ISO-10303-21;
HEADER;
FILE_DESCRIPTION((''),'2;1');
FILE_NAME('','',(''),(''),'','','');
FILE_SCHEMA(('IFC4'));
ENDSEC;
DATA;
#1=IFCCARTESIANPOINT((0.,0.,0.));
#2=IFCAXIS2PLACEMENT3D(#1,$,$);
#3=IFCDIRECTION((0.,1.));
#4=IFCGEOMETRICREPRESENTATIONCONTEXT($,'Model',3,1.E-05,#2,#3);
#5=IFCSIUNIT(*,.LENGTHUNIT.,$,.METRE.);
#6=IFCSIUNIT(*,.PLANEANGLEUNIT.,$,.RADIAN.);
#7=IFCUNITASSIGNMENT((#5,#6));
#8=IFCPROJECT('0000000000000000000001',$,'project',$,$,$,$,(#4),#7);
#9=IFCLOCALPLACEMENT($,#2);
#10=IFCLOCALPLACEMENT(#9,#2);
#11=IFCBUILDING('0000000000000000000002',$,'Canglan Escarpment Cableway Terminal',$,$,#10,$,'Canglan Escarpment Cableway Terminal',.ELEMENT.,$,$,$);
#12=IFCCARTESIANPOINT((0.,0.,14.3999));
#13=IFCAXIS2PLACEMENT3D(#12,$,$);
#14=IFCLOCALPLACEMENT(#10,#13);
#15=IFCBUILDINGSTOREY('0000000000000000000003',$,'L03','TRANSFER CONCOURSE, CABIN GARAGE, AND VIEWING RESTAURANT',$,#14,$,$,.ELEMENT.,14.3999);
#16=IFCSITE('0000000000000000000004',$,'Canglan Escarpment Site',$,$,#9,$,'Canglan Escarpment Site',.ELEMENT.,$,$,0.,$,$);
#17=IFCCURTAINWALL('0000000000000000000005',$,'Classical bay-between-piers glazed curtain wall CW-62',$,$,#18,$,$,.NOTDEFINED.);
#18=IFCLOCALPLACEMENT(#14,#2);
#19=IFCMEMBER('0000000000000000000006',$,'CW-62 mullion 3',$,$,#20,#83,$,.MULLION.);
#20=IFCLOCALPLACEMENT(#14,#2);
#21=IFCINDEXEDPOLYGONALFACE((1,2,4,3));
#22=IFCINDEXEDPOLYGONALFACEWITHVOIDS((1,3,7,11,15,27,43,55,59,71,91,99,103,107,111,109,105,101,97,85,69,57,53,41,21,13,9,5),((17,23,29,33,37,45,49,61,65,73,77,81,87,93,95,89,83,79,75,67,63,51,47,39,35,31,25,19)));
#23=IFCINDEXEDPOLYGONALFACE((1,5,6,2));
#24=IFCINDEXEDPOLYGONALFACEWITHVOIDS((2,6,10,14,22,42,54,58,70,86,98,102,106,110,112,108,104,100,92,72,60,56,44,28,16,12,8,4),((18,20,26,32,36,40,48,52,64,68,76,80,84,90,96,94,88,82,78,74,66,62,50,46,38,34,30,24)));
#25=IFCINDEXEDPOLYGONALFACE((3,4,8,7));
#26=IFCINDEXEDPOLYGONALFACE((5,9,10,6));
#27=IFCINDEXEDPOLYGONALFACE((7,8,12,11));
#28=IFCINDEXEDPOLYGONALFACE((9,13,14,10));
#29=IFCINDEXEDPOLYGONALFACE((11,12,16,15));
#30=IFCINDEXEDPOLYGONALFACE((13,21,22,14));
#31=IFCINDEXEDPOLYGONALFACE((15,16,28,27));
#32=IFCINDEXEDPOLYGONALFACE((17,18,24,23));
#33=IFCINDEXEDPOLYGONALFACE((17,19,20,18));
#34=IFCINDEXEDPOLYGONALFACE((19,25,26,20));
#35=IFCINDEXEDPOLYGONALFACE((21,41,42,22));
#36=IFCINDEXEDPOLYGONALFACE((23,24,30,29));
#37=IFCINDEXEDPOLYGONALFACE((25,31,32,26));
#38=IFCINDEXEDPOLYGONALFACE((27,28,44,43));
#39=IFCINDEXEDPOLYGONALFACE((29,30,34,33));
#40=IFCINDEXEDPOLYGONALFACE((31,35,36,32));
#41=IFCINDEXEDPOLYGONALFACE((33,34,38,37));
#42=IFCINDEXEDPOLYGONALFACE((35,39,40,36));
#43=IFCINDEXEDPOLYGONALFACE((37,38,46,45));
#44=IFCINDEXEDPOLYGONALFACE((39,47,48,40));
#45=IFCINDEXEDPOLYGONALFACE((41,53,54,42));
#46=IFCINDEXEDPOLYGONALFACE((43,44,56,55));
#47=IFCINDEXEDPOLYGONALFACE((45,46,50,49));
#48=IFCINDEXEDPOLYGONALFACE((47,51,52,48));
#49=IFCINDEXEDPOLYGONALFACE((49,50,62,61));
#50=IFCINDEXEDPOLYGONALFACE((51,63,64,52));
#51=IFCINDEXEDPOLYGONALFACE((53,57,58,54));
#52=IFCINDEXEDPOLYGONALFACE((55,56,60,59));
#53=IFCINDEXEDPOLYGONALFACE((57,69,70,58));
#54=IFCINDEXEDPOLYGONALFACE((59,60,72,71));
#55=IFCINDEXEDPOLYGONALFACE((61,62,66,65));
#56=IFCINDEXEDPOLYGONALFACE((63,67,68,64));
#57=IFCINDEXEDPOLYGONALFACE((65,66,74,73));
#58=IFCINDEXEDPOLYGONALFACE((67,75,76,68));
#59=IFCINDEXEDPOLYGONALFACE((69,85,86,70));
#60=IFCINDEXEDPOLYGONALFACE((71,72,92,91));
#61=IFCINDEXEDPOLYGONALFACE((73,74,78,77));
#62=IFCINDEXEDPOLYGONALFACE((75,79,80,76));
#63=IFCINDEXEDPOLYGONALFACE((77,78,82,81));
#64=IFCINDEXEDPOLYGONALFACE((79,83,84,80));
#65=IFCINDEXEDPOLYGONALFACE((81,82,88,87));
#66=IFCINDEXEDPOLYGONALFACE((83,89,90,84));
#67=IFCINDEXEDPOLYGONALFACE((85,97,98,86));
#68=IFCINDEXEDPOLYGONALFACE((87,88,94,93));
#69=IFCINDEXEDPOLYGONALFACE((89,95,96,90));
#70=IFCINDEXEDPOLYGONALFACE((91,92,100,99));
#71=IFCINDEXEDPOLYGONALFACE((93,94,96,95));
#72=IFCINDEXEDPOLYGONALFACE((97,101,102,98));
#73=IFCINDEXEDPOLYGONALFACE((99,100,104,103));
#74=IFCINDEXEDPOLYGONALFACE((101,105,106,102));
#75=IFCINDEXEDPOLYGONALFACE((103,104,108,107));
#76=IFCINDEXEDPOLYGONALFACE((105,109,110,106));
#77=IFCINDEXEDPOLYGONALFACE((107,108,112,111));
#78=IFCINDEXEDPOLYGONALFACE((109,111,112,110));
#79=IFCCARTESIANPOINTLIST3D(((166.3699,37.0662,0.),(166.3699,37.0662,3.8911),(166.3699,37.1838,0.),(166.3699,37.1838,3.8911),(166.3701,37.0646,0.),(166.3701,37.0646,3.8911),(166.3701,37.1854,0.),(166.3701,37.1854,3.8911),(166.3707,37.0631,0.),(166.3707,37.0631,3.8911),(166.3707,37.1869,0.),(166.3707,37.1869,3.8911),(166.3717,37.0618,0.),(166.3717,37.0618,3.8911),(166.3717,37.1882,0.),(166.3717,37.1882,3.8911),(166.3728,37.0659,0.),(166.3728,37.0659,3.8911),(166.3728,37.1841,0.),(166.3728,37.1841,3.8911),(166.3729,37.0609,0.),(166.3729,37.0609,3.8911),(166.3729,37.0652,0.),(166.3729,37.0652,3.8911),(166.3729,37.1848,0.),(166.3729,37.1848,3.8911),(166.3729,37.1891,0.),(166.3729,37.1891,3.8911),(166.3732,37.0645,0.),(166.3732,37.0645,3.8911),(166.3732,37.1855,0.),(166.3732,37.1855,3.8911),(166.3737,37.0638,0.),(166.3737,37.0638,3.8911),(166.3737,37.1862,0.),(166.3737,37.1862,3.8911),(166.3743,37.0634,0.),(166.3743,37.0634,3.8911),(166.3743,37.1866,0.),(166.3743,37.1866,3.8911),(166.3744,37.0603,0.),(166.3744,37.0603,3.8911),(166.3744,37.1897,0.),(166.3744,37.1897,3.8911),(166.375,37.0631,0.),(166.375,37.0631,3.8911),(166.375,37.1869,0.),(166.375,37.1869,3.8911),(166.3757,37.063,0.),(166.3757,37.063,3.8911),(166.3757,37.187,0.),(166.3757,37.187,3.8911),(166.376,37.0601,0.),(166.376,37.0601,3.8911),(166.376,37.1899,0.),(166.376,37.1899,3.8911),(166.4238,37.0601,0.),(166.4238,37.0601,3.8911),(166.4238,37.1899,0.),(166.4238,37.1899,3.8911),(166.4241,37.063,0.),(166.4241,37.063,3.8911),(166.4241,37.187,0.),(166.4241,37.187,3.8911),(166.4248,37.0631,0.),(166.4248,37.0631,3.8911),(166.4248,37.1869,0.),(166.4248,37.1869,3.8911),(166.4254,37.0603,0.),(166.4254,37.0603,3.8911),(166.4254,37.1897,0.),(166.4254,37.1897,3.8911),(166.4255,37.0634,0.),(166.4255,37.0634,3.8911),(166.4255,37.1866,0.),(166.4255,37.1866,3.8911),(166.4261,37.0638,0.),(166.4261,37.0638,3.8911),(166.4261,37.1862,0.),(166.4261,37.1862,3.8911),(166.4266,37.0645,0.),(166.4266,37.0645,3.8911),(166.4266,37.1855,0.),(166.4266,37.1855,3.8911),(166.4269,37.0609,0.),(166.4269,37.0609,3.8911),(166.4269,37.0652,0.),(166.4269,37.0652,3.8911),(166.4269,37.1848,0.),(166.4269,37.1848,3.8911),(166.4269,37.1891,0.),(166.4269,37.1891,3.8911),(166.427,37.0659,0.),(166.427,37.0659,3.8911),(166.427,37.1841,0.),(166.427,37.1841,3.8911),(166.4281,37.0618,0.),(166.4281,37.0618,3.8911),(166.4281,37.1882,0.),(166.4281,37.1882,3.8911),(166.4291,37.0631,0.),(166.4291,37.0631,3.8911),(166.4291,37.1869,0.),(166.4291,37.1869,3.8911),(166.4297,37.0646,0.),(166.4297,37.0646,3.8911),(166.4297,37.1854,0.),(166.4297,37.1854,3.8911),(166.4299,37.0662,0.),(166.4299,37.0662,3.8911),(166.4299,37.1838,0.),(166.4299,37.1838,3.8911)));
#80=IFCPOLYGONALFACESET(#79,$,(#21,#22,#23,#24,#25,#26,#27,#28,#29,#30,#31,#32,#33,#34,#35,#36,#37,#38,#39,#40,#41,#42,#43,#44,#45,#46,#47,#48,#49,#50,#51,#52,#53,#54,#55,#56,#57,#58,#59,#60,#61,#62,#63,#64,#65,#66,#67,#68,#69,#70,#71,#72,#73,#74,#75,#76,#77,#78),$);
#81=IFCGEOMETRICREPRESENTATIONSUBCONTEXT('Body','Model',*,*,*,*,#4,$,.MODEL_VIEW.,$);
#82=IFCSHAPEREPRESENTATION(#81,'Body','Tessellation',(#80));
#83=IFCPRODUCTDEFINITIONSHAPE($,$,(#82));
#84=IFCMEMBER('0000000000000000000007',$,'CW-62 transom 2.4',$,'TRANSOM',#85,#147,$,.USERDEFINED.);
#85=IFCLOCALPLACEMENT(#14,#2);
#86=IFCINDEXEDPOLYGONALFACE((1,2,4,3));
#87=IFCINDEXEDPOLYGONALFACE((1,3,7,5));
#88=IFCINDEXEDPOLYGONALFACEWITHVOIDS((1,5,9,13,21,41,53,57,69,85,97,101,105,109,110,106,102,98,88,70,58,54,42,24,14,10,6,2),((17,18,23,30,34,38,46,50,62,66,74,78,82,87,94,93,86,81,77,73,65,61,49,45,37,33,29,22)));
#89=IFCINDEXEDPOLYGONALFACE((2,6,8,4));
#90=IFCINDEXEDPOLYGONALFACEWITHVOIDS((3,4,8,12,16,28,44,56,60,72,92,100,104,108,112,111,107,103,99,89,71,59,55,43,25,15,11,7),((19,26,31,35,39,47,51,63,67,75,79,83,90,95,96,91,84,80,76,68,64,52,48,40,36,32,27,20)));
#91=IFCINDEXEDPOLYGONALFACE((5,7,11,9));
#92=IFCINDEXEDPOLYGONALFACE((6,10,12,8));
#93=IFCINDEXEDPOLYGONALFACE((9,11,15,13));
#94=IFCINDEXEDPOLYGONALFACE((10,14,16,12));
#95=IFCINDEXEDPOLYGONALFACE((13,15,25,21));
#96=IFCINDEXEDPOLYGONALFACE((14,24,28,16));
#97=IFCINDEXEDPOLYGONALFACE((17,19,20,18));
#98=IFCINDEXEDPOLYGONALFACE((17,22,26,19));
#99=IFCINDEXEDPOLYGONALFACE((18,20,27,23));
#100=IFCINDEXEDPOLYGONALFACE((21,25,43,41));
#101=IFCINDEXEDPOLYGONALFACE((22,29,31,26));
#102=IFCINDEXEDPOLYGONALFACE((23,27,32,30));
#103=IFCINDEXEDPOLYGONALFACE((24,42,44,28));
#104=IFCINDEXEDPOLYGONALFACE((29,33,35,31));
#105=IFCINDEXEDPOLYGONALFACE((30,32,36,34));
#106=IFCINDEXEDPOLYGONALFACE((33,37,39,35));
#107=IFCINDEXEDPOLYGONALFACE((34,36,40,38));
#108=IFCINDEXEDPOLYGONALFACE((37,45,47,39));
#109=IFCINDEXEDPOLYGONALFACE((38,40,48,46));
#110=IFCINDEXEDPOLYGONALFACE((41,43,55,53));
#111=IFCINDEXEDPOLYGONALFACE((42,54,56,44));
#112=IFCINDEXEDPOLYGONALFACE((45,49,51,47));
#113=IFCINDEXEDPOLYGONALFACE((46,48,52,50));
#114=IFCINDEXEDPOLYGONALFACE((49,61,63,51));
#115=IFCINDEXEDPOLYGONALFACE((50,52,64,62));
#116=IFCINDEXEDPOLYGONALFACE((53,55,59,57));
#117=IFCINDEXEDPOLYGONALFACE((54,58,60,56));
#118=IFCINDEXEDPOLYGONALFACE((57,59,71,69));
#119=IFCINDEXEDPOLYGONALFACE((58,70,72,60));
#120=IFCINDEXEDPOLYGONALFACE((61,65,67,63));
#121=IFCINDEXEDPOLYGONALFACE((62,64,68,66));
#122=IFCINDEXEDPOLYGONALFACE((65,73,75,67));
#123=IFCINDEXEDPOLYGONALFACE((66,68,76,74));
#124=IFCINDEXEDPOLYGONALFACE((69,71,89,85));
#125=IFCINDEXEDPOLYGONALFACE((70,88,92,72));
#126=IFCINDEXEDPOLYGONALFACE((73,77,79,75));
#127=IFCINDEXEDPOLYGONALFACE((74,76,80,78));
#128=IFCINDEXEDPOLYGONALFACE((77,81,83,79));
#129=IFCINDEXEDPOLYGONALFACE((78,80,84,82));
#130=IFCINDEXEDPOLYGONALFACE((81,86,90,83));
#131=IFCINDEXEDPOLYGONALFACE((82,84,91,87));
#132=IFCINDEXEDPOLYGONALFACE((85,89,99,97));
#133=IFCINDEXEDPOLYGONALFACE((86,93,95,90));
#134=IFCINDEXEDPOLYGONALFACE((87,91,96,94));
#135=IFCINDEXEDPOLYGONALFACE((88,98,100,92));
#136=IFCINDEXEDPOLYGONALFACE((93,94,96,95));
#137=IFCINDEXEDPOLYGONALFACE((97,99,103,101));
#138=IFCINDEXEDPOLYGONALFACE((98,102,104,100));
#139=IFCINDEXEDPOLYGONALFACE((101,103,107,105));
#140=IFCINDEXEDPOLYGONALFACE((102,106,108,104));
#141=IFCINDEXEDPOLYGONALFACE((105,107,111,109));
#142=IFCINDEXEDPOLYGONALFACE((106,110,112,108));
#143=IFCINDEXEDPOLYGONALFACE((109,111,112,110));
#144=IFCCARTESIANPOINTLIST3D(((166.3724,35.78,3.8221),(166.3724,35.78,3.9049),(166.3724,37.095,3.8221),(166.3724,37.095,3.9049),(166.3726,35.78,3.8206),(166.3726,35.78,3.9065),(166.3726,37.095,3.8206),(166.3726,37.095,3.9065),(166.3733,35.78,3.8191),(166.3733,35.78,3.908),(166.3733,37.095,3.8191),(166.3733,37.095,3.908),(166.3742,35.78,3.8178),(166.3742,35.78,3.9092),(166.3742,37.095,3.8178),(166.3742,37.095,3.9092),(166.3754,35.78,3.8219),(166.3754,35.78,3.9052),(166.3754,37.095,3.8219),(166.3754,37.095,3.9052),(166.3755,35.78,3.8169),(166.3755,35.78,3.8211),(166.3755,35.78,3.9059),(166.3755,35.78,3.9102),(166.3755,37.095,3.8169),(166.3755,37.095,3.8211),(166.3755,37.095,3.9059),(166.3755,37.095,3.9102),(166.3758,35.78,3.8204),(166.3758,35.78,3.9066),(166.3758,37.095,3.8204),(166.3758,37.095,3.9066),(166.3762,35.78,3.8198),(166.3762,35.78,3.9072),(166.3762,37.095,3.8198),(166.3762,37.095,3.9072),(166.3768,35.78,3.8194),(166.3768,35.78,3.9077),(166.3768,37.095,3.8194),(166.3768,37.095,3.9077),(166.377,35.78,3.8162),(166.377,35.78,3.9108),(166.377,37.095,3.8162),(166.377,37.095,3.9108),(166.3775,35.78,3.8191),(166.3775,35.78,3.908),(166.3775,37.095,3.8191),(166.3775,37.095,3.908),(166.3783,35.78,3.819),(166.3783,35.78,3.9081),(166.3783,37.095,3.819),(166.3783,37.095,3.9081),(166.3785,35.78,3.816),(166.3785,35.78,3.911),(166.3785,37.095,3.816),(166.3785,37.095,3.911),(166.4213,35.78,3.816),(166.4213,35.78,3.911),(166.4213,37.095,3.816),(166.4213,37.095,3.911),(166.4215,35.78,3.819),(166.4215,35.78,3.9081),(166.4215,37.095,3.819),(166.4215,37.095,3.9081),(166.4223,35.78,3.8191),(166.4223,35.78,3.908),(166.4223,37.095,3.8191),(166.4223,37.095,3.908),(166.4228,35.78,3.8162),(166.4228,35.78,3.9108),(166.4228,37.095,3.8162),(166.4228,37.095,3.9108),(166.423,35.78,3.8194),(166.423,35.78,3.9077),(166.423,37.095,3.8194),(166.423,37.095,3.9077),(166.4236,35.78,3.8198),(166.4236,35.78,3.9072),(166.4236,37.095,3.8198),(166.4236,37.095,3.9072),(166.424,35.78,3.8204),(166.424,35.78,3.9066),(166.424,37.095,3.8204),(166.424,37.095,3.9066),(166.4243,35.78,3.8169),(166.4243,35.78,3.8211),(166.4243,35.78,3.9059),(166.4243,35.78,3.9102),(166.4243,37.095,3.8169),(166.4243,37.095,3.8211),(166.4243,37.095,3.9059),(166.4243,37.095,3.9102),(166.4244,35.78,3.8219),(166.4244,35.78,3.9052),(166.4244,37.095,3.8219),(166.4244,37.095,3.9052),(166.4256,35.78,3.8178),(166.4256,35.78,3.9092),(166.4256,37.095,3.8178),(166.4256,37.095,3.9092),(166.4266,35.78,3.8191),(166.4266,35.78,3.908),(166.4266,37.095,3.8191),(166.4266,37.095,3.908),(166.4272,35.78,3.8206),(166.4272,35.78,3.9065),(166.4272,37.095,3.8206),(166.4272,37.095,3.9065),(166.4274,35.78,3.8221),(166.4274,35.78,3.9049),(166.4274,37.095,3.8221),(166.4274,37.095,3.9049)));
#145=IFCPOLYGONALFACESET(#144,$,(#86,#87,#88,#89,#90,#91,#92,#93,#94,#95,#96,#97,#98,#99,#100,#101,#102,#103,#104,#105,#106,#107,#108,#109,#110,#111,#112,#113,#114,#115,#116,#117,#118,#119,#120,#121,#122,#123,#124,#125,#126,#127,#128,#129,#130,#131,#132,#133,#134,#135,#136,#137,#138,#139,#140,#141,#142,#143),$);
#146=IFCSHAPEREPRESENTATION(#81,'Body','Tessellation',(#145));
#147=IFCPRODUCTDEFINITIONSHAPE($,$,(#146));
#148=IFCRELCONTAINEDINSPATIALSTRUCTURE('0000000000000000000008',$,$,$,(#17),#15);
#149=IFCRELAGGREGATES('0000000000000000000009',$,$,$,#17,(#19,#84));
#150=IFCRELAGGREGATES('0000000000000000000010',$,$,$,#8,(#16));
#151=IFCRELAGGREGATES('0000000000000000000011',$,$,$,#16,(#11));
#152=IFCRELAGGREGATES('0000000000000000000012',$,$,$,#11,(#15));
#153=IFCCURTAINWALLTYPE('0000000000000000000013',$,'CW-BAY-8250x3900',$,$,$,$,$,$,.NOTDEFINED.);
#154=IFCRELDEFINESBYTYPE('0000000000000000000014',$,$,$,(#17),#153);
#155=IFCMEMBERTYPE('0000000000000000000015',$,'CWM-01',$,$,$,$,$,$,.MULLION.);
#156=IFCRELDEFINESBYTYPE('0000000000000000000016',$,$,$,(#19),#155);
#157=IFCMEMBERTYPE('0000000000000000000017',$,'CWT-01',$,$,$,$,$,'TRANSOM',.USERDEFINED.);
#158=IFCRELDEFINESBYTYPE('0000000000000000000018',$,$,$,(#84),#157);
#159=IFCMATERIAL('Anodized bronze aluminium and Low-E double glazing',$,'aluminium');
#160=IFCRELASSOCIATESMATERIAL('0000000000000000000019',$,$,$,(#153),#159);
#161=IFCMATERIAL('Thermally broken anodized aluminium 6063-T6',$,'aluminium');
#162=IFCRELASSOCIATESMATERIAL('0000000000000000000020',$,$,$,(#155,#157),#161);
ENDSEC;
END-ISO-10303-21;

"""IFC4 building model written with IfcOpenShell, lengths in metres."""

from ifc_helpers import new_model, si_unit, direction, frame, origin, origin_2d, place, context, subcontext, project, spatial, hollow_rectangle, extrude, material, material_profile, profile_set, type_object, element, aggregate, save


model = new_model("IFC4")

# Units and contexts
model_context = context("Model", 3, precision=1e-05, world=origin(), true_north=direction((0.0, 1.0)))
body_context = subcontext(model_context, "Body", "Model", "MODEL_VIEW")
ifc_project = project(units=[si_unit("LENGTHUNIT", "METRE"), si_unit("PLANEANGLEUNIT", "RADIAN")], contexts=[model_context])

# Site, building, storey
site_placement = place(None, origin())
site = spatial("IfcSite", under=ifc_project, at=site_placement, Name="Canglan Escarpment Site", LongName="Canglan Escarpment Site", CompositionType="ELEMENT", RefElevation=0.0)
building_placement = place(site_placement, origin())
building = spatial("IfcBuilding", under=site, at=building_placement, Name="Canglan Escarpment Cableway Terminal", LongName="Canglan Escarpment Cableway Terminal", CompositionType="ELEMENT")
storey_placement = place(building_placement, frame((0.0, 0.0, 14.3999)))
storey = spatial("IfcBuildingStorey", under=building, at=storey_placement, Name="L03", Description="TRANSFER CONCOURSE, CABIN GARAGE, AND VIEWING RESTAURANT", CompositionType="ELEMENT", Elevation=14.3999)

# Curtain wall, members
ifc_material_1 = material(Name="Anodized bronze aluminium and Low-E double glazing", Category="aluminium")
curtain_wall_type = type_object("IfcCurtainWallType", Name="CW-BAY-8250x3900", PredefinedType="NOTDEFINED", material=ifc_material_1)
curtain_wall_placement = place(storey_placement, origin())
curtain_wall = element("IfcCurtainWall", 1, at=curtain_wall_placement, inside=storey, type_object=curtain_wall_type, Name="Classical bay-between-piers glazed curtain wall CW-62", PredefinedType="NOTDEFINED")
ifc_material_2 = material(Name="Thermally broken anodized aluminium 6063-T6", Category="aluminium")
ifc_material_profile_1 = material_profile(ifc_material_2, hollow_rectangle(XDim=0.0601, YDim=0.1299, WallThickness=0.0029, InnerFilletRadius=0.0029, OuterFilletRadius=0.0061, at=origin_2d()), Name="ALU-MULL 60x130x3")
ifc_profile_set_1 = profile_set([ifc_material_profile_1], Name="Thermally broken anodized aluminium 6063-T6")
member_type_1 = type_object("IfcMemberType", Name="CWM-01", PredefinedType="MULLION", material=ifc_profile_set_1)
member_1_placement = place(storey_placement, frame((166.3999, 37.125, 0.0), z_axis=(0.0, 0.0, 1.0), x_axis=(-1.0, 0.0, 0.0)))
member_1 = element("IfcMember", 2, at=member_1_placement, type_object=member_type_1, Name="CW-62 mullion 3", PredefinedType="MULLION", context=body_context, shape_type="SweptSolid", body=[
    extrude(hollow_rectangle(XDim=0.0601, YDim=0.1299, WallThickness=0.0029, InnerFilletRadius=0.0029, OuterFilletRadius=0.0061, at=origin_2d()), origin(), (0.0, 0.0, 1.0), 3.8911),
])
ifc_material_profile_2 = material_profile(ifc_material_2, hollow_rectangle(XDim=0.0549, YDim=0.095, WallThickness=0.0029, InnerFilletRadius=0.0029, OuterFilletRadius=0.0061, at=origin_2d()), Name="ALU-TRAN 55x95x3")
ifc_profile_set_2 = profile_set([ifc_material_profile_2], Name="Thermally broken anodized aluminium 6063-T6")
member_type_2 = type_object("IfcMemberType", Name="CWT-01", ElementType="TRANSOM", PredefinedType="USERDEFINED", material=ifc_profile_set_2)
member_2_placement = place(storey_placement, frame((166.3999, 35.78, 3.8635), z_axis=(0.0, 1.0, 0.0), x_axis=(-1.0, 0.0, 0.0)))
member_2 = element("IfcMember", 3, at=member_2_placement, type_object=member_type_2, Name="CW-62 transom 2.4", ObjectType="TRANSOM", PredefinedType="USERDEFINED", context=body_context, shape_type="SweptSolid", body=[
    extrude(hollow_rectangle(XDim=0.0549, YDim=0.095, WallThickness=0.0029, InnerFilletRadius=0.0029, OuterFilletRadius=0.0061, at=origin_2d()), origin(), (0.0, 0.0, 1.0), 1.3149),
])
aggregate(curtain_wall, [member_1, member_2])

save(model, "model.ifc")
